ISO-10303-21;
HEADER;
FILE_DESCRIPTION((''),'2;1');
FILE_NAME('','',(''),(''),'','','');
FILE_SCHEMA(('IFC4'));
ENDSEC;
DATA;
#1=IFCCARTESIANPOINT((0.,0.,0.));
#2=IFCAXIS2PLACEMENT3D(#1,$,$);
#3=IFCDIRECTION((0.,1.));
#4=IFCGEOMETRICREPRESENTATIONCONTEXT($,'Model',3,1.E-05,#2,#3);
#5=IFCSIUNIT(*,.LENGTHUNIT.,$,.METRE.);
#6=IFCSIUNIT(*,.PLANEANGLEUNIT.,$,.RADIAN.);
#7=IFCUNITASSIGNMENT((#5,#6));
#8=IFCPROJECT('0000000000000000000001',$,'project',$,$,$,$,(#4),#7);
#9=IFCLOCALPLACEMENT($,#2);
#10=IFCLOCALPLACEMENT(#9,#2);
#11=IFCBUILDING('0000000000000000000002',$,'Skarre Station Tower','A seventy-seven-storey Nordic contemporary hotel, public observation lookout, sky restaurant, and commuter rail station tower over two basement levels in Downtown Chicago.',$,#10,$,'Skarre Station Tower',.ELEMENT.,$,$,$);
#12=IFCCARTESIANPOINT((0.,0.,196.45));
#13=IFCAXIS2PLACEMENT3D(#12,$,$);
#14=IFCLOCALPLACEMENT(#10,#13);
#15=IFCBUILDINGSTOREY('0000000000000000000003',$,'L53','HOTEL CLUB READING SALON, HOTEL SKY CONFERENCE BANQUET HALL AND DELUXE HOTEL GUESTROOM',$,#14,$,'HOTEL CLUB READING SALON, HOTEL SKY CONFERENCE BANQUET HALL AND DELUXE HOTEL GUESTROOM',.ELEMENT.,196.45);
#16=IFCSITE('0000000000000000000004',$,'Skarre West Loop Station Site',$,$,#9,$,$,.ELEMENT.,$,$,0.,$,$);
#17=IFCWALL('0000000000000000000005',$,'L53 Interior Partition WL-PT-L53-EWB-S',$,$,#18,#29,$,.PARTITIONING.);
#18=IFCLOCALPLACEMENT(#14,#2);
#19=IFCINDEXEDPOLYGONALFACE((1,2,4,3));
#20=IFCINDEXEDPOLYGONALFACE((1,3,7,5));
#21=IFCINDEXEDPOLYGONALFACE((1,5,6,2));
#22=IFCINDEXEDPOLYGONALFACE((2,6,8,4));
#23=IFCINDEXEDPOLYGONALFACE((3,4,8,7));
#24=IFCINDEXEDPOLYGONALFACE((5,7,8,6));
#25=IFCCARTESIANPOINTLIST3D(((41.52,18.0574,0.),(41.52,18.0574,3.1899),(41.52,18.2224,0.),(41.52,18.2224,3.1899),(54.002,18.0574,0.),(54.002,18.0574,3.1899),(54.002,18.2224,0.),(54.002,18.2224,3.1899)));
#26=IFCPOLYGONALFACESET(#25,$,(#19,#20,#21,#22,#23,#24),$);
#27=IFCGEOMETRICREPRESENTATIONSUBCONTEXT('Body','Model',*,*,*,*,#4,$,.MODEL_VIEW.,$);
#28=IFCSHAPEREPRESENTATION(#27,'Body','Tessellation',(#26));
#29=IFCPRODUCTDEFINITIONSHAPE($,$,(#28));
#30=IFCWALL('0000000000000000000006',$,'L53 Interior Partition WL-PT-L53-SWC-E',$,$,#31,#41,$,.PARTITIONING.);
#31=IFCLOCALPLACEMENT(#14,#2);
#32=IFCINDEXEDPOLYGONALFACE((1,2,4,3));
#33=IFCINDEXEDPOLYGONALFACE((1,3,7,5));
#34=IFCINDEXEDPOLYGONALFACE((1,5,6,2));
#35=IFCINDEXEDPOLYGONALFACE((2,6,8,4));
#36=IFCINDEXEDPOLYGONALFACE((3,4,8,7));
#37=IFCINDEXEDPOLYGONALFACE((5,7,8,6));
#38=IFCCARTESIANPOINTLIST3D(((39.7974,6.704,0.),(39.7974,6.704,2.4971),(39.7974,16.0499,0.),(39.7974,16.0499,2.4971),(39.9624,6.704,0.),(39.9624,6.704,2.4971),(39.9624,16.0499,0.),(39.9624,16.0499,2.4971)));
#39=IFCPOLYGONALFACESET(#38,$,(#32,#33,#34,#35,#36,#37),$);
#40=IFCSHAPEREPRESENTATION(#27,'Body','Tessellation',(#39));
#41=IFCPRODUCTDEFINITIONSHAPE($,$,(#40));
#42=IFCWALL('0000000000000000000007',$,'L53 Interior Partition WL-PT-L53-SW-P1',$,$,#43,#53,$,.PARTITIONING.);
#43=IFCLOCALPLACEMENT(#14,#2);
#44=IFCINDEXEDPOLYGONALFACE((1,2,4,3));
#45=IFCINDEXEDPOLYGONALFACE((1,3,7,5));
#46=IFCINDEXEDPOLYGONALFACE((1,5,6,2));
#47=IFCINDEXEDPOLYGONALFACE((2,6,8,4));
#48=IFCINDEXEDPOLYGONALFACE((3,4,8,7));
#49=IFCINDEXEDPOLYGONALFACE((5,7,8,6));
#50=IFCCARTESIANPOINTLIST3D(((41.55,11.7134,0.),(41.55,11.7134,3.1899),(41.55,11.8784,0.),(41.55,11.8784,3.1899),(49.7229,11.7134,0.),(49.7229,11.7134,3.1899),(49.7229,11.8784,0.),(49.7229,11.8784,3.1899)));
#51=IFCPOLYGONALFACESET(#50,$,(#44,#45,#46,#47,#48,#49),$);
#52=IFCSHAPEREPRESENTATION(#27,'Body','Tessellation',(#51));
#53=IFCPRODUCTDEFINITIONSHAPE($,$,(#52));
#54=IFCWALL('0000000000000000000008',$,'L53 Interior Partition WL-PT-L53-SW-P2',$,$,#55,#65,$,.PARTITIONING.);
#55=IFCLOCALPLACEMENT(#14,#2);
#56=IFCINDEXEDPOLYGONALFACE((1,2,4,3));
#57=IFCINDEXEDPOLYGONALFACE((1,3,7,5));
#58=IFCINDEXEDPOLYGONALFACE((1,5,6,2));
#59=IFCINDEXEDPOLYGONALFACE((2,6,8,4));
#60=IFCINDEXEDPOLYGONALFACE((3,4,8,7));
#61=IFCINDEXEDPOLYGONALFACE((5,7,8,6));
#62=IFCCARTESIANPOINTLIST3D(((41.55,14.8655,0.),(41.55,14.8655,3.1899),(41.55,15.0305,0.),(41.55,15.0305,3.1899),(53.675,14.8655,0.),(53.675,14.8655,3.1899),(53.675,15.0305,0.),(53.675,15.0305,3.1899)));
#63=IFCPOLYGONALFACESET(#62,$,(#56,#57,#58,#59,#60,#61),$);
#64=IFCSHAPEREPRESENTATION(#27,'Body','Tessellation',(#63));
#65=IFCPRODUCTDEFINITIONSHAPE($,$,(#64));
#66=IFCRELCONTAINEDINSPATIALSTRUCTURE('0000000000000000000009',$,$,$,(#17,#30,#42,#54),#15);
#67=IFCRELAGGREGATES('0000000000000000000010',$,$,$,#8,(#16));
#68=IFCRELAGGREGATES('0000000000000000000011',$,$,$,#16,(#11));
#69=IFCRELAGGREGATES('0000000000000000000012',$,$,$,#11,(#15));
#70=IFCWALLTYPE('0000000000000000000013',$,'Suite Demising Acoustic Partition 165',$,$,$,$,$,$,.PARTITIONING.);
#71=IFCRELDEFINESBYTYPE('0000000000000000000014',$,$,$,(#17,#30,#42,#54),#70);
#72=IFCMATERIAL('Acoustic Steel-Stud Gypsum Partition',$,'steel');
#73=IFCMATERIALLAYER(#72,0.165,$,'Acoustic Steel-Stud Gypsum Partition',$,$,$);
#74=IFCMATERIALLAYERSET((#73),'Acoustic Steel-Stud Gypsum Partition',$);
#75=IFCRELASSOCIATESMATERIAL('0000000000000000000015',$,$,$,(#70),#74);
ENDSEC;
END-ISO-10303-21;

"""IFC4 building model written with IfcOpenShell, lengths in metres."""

from ifc_helpers import new_model, si_unit, direction, frame, frame_2d, origin, place, context, subcontext, project, spatial, rectangle, extrude, material, layer, layer_set, type_object, element, save


model = new_model("IFC4")

# Units and contexts
model_context = context("Model", 3, precision=1e-05, world=origin(), true_north=direction((0.0, 1.0)))
body_context = subcontext(model_context, "Body", "Model", "MODEL_VIEW")
ifc_project = project(units=[si_unit("LENGTHUNIT", "METRE"), si_unit("PLANEANGLEUNIT", "RADIAN")], contexts=[model_context])

# Site, building, storey
site_placement = place(None, origin())
site = spatial("IfcSite", under=ifc_project, at=site_placement, Name="Skarre West Loop Station Site", CompositionType="ELEMENT", RefElevation=0.0)
building_placement = place(site_placement, origin())
building = spatial("IfcBuilding", under=site, at=building_placement, Name="Skarre Station Tower", Description="A seventy-seven-storey Nordic contemporary hotel, public observation lookout, sky restaurant, and commuter rail station tower over two basement levels in Downtown Chicago.", LongName="Skarre Station Tower", CompositionType="ELEMENT")
storey_placement = place(building_placement, frame((0.0, 0.0, 196.45)))
storey = spatial("IfcBuildingStorey", under=building, at=storey_placement, Name="L53", Description="HOTEL CLUB READING SALON, HOTEL SKY CONFERENCE BANQUET HALL AND DELUXE HOTEL GUESTROOM", LongName="HOTEL CLUB READING SALON, HOTEL SKY CONFERENCE BANQUET HALL AND DELUXE HOTEL GUESTROOM", CompositionType="ELEMENT", Elevation=196.45)

# Shared definitions
ifc_material_1 = material(Name="Acoustic Steel-Stud Gypsum Partition", Category="steel")

# Walls
ifc_layer_1 = layer(ifc_material_1, 0.165, Name="Acoustic Steel-Stud Gypsum Partition")
ifc_layer_set_1 = layer_set([ifc_layer_1], Name="Acoustic Steel-Stud Gypsum Partition")
wall_type_1 = type_object("IfcWallType", Name="Suite Demising Acoustic Partition 165", PredefinedType="PARTITIONING", material=ifc_layer_set_1)
wall_1_placement = place(storey_placement, frame((41.52, 18.1399, 0.0), z_axis=(0.0, 0.0, 1.0), x_axis=(1.0, 0.0, 0.0)))
element("IfcWall", 1, at=wall_1_placement, inside=storey, type_object=wall_type_1, Name="L53 Interior Partition WL-PT-L53-EWB-S", PredefinedType="PARTITIONING", context=body_context, shape_type="SweptSolid", body=[
    extrude(rectangle(XDim=12.4819, YDim=0.165, at=frame_2d((6.241, 0.0))), origin(), (0.0, 0.0, 1.0), 3.1899),
])
wall_2_placement = place(storey_placement, frame((39.8799, 6.7041, 0.0), z_axis=(0.0, 0.0, 1.0), x_axis=(0.0, 1.0, 0.0)))
element("IfcWall", 2, at=wall_2_placement, inside=storey, type_object=wall_type_1, Name="L53 Interior Partition WL-PT-L53-SWC-E", PredefinedType="PARTITIONING", context=body_context, shape_type="SweptSolid", body=[
    extrude(rectangle(XDim=9.3459, YDim=0.165, at=frame_2d((4.6729, 0.0))), origin(), (0.0, 0.0, 1.0), 2.4971),
])
wall_3_placement = place(storey_placement, frame((41.55, 11.7959, 0.0), z_axis=(0.0, 0.0, 1.0), x_axis=(1.0, 0.0, 0.0)))
element("IfcWall", 3, at=wall_3_placement, inside=storey, type_object=wall_type_1, Name="L53 Interior Partition WL-PT-L53-SW-P1", PredefinedType="PARTITIONING", context=body_context, shape_type="SweptSolid", body=[
    extrude(rectangle(XDim=8.1729, YDim=0.165, at=frame_2d((4.0864, 0.0))), origin(), (0.0, 0.0, 1.0), 3.1899),
])
wall_4_placement = place(storey_placement, frame((41.55, 14.948, 0.0), z_axis=(0.0, 0.0, 1.0), x_axis=(1.0, 0.0, 0.0)))
element("IfcWall", 4, at=wall_4_placement, inside=storey, type_object=wall_type_1, Name="L53 Interior Partition WL-PT-L53-SW-P2", PredefinedType="PARTITIONING", context=body_context, shape_type="SweptSolid", body=[
    extrude(rectangle(XDim=12.125, YDim=0.165, at=frame_2d((6.0625, 0.0))), origin(), (0.0, 0.0, 1.0), 3.1899),
])

save(model, "model.ifc")
